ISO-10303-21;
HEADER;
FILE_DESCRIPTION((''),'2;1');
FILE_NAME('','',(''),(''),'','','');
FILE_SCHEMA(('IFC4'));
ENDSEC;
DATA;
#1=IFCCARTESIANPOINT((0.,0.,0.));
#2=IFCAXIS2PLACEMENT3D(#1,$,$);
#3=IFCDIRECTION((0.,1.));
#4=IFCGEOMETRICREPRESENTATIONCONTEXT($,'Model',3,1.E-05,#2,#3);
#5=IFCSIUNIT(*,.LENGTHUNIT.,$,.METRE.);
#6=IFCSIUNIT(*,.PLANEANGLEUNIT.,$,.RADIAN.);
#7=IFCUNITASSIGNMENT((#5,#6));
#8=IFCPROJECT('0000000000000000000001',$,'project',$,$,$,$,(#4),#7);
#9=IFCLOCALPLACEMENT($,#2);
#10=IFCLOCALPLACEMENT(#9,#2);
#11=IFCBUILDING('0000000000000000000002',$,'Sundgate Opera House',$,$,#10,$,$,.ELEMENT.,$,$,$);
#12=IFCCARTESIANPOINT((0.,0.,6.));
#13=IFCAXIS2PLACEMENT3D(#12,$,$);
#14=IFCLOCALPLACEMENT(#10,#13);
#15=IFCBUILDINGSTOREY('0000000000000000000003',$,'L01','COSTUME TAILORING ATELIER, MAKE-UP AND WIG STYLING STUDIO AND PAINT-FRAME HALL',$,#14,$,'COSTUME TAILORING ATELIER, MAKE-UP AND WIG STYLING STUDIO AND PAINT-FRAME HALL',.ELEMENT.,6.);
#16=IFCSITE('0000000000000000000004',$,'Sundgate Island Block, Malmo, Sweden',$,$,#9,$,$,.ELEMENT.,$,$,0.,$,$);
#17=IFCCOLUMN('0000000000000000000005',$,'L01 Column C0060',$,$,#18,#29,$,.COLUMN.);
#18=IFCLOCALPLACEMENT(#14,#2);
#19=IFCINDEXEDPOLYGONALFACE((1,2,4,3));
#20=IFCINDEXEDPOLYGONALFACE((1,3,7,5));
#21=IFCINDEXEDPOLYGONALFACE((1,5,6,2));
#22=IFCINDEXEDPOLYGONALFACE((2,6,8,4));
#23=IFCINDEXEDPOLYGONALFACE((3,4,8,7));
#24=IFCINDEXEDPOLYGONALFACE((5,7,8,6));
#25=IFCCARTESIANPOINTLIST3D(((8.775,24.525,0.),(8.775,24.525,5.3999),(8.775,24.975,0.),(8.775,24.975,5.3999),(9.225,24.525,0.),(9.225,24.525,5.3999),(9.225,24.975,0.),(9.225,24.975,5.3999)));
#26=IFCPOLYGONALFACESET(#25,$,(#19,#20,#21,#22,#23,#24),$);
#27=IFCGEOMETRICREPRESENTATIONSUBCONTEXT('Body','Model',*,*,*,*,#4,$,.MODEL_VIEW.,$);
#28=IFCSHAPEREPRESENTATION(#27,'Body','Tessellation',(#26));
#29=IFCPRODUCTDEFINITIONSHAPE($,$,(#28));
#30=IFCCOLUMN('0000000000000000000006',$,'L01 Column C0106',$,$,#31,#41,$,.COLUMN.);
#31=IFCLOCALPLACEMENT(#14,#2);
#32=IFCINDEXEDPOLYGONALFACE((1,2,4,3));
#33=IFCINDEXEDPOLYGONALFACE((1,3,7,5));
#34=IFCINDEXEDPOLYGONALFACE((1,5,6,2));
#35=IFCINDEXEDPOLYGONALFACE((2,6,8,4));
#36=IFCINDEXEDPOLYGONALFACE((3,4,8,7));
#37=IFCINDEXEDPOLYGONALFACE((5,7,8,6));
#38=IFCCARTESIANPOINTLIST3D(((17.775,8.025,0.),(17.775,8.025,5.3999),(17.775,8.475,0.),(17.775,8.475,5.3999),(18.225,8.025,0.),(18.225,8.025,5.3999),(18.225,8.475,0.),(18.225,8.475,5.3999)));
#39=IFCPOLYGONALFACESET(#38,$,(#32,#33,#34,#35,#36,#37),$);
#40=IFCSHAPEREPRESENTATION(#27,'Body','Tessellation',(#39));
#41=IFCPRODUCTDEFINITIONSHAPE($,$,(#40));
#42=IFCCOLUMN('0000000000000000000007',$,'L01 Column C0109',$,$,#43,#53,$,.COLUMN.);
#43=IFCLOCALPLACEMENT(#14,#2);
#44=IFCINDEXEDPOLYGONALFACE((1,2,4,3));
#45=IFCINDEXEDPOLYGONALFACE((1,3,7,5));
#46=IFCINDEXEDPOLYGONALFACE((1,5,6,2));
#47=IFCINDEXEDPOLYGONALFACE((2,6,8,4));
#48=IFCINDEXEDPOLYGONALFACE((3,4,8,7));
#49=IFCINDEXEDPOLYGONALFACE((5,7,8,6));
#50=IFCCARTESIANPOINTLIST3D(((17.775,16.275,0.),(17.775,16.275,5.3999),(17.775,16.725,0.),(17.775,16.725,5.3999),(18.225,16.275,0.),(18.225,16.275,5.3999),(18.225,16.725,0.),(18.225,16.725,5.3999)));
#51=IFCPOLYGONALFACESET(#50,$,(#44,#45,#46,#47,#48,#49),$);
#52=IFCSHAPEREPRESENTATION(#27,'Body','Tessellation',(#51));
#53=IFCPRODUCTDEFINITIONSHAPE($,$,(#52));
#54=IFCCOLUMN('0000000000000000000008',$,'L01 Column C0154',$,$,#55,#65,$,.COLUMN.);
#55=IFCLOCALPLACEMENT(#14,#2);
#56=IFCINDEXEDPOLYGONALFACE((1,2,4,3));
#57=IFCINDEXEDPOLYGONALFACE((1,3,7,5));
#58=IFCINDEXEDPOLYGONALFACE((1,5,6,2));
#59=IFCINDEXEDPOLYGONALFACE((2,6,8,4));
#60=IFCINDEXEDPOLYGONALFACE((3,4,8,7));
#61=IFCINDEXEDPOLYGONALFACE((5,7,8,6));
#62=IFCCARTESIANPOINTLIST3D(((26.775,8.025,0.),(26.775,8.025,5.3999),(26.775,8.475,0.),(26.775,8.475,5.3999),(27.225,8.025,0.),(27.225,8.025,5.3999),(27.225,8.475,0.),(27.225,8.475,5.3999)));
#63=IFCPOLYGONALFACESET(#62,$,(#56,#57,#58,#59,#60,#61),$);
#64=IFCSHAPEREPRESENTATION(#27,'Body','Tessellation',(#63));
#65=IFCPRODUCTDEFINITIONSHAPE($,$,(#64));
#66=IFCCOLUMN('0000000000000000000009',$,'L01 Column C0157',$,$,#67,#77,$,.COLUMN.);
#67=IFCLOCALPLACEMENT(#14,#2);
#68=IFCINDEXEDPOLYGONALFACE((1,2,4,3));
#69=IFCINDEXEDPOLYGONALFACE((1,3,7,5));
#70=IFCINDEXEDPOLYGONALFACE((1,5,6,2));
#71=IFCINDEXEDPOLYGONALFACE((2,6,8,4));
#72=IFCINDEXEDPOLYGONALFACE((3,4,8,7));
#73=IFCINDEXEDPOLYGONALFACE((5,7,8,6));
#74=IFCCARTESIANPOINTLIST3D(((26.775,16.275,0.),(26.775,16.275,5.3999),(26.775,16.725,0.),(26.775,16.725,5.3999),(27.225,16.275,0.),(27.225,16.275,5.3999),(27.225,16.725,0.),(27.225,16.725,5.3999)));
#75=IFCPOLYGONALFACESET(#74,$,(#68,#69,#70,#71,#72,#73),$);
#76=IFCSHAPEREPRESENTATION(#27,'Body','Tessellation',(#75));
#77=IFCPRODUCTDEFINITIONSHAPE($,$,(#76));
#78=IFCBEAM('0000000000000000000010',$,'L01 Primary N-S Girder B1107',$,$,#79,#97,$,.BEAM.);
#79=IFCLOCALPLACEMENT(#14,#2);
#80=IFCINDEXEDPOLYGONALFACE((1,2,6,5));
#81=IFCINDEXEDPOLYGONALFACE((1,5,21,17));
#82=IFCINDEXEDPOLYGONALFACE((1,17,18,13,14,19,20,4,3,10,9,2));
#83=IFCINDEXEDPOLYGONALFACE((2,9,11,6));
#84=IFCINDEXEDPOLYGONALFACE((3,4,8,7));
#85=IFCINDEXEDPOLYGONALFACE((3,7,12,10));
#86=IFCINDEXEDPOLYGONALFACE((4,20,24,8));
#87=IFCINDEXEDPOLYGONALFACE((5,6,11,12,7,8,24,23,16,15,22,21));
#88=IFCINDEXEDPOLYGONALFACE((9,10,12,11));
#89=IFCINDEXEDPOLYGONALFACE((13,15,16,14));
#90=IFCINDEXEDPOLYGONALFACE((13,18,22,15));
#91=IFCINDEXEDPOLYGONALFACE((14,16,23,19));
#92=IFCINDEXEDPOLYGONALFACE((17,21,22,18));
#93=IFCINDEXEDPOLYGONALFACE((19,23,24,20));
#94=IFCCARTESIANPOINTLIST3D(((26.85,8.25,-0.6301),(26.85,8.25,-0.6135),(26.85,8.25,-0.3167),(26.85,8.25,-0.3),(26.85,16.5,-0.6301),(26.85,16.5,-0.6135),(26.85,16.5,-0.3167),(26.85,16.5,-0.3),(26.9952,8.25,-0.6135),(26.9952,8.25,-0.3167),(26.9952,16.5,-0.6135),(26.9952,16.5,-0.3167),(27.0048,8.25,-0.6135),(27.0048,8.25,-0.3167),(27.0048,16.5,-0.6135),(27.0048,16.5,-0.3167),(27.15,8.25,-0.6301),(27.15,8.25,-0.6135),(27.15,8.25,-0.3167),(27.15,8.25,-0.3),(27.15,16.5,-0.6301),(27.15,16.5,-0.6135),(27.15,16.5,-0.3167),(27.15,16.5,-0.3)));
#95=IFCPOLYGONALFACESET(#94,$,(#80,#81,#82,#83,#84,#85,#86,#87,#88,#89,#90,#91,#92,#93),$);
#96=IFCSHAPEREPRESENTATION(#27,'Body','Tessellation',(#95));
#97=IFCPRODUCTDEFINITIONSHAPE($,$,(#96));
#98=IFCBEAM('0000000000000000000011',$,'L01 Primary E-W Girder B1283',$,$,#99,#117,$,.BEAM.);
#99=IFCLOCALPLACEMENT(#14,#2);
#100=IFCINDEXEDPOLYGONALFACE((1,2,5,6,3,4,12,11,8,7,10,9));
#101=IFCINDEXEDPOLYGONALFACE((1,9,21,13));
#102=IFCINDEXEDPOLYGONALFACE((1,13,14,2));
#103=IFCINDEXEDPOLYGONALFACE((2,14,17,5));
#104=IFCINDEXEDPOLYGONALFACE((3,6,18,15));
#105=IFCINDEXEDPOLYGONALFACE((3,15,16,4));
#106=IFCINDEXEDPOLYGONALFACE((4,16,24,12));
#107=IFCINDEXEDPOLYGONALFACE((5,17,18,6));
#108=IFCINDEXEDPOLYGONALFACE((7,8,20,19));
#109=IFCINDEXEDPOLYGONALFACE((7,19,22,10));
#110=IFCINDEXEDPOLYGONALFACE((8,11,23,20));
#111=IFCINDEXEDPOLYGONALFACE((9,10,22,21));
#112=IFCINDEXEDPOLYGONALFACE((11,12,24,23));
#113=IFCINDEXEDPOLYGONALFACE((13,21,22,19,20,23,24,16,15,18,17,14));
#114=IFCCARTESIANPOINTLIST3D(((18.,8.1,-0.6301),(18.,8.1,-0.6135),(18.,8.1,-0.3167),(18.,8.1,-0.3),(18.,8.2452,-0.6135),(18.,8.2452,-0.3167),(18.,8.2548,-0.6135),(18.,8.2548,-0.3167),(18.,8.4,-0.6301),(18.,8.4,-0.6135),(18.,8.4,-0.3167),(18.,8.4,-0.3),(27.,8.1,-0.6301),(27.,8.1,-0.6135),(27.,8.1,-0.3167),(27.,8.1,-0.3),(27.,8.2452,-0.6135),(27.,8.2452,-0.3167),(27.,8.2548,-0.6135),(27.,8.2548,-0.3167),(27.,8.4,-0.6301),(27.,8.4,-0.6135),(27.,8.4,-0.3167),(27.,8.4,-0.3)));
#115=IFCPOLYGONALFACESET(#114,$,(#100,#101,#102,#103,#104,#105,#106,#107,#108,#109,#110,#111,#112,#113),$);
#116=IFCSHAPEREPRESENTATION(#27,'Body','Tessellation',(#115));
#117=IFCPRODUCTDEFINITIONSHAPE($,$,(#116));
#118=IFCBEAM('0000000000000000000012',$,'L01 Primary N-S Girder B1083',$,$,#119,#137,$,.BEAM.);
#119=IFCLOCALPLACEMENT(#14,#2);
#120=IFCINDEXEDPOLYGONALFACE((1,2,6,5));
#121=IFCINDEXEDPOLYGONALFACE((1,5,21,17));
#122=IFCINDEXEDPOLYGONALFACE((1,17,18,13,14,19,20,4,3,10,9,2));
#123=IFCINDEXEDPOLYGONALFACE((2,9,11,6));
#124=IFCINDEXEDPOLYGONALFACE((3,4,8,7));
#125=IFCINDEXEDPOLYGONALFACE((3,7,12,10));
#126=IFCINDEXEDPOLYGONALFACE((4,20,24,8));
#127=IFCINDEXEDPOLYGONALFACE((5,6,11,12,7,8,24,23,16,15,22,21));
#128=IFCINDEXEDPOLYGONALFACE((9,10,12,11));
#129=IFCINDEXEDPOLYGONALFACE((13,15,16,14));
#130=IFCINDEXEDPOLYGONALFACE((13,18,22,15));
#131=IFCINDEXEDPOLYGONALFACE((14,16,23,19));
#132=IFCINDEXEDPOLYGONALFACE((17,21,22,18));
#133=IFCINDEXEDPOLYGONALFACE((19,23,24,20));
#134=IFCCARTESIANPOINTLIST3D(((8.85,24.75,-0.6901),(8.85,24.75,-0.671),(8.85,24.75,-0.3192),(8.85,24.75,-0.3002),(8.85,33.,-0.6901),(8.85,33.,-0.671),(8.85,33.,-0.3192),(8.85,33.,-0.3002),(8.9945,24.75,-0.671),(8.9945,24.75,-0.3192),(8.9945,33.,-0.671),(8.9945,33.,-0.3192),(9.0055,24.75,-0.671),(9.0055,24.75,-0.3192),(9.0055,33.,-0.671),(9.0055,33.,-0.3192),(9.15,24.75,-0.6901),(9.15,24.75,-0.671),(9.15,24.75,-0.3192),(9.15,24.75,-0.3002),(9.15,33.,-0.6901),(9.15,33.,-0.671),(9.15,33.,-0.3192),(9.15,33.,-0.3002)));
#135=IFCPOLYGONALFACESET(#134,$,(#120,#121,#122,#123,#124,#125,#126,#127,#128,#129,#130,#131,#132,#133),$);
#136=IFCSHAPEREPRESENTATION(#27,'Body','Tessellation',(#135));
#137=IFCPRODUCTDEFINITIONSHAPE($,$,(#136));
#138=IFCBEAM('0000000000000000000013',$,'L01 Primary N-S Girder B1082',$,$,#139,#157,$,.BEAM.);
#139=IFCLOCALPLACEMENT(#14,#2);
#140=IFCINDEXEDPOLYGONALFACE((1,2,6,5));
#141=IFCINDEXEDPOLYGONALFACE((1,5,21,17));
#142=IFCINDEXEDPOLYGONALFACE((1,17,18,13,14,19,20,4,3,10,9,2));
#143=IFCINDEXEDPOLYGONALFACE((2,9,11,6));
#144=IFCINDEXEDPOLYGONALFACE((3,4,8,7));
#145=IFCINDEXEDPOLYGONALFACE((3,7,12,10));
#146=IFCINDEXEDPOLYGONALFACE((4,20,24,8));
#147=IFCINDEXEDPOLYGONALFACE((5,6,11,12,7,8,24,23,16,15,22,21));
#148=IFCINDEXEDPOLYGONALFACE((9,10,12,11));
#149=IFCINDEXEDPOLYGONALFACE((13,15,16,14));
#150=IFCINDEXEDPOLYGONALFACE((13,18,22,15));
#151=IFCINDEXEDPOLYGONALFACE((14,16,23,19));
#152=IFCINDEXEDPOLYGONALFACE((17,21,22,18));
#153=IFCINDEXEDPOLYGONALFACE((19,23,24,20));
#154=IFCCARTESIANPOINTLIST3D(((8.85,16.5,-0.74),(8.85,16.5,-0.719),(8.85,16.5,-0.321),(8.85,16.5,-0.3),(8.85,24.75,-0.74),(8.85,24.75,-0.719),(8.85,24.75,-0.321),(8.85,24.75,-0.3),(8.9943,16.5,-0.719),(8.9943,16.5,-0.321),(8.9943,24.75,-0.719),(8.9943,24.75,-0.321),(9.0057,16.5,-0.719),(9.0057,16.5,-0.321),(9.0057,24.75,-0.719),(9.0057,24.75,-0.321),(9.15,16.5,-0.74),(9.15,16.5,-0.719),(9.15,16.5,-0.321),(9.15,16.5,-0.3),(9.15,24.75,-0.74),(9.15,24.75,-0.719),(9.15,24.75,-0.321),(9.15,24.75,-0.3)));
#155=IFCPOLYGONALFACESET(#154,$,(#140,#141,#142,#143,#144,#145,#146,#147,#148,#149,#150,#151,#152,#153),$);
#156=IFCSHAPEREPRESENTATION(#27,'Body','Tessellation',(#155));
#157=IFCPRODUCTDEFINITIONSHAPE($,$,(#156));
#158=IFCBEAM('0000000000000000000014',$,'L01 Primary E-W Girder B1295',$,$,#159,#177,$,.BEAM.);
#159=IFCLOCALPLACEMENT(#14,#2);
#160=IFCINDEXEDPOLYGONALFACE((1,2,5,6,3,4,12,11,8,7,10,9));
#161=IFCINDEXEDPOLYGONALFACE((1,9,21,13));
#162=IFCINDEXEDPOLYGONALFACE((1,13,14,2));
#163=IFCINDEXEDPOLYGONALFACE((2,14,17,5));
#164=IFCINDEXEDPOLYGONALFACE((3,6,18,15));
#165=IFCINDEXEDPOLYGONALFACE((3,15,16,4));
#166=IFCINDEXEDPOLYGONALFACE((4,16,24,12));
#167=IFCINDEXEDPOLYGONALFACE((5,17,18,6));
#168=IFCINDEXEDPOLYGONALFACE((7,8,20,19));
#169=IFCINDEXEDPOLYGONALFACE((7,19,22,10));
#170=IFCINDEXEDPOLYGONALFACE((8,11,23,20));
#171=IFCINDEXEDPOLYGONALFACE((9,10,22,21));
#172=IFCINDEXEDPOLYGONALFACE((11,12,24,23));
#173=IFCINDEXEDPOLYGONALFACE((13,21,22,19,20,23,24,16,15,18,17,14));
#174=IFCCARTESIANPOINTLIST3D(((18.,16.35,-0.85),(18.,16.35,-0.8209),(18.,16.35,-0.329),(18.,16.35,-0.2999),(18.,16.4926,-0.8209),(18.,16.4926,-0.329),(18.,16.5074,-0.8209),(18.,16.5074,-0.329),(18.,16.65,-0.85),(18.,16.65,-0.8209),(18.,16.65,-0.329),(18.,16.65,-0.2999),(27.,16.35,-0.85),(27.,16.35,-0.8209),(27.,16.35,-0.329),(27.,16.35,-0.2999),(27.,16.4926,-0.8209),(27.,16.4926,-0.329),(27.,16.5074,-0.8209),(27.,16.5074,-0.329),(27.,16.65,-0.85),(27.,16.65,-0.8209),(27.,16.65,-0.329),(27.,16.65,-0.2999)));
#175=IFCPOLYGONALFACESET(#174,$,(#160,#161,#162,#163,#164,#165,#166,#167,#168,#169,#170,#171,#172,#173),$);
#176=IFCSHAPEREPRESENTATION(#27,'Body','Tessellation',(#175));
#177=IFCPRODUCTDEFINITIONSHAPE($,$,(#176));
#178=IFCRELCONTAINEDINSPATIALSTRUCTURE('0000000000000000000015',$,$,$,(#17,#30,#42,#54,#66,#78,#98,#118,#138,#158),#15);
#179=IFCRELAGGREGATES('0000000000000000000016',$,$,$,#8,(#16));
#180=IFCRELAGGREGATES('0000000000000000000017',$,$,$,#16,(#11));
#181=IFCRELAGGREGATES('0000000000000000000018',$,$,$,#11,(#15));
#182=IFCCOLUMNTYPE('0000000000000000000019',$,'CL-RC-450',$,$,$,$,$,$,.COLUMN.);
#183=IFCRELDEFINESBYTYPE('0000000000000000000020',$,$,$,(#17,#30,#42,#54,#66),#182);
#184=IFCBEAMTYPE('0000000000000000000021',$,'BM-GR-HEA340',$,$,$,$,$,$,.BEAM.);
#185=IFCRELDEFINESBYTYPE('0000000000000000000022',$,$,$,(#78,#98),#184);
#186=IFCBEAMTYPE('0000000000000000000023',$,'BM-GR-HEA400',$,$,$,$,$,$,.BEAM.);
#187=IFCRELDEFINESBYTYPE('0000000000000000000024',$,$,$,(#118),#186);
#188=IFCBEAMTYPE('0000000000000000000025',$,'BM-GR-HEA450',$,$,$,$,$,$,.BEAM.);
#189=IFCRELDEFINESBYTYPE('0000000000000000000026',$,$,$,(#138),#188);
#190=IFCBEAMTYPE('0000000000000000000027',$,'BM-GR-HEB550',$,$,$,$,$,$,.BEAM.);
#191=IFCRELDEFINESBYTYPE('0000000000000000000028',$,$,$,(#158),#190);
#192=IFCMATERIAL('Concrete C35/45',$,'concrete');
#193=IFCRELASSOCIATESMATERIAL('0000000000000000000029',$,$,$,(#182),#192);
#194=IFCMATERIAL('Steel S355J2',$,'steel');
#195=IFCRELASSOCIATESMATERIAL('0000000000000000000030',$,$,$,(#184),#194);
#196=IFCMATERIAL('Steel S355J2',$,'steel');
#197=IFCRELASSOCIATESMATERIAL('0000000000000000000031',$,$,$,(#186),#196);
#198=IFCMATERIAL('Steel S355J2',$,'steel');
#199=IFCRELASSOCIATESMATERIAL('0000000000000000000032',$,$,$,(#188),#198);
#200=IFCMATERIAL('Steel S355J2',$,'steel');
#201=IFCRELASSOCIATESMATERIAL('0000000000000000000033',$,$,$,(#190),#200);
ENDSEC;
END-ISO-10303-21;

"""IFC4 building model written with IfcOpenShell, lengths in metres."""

from ifc_helpers import new_model, si_unit, direction, frame, origin, origin_2d, place, context, subcontext, project, spatial, rectangle, i_section, extrude, material, material_profile, profile_set, type_object, element, save


model = new_model("IFC4")

# Units and contexts
model_context = context("Model", 3, precision=1e-05, world=origin(), true_north=direction((0.0, 1.0)))
body_context = subcontext(model_context, "Body", "Model", "MODEL_VIEW")
ifc_project = project(units=[si_unit("LENGTHUNIT", "METRE"), si_unit("PLANEANGLEUNIT", "RADIAN")], contexts=[model_context])

# Site, building, storey
site_placement = place(None, origin())
site = spatial("IfcSite", under=ifc_project, at=site_placement, Name="Sundgate Island Block, Malmo, Sweden", CompositionType="ELEMENT", RefElevation=0.0)
building_placement = place(site_placement, origin())
building = spatial("IfcBuilding", under=site, at=building_placement, Name="Sundgate Opera House", CompositionType="ELEMENT")
storey_placement = place(building_placement, frame((0.0, 0.0, 6.0)))
storey = spatial("IfcBuildingStorey", under=building, at=storey_placement, Name="L01", Description="COSTUME TAILORING ATELIER, MAKE-UP AND WIG STYLING STUDIO AND PAINT-FRAME HALL", LongName="COSTUME TAILORING ATELIER, MAKE-UP AND WIG STYLING STUDIO AND PAINT-FRAME HALL", CompositionType="ELEMENT", Elevation=6.0)

# Columns
ifc_material_1 = material(Name="Concrete C35/45", Category="concrete")
ifc_material_profile_1 = material_profile(ifc_material_1, rectangle(XDim=0.45, YDim=0.45, at=origin_2d()), Name="RC 450x450")
ifc_profile_set_1 = profile_set([ifc_material_profile_1], Name="Concrete C35/45")
column_type = type_object("IfcColumnType", Name="CL-RC-450", PredefinedType="COLUMN", material=ifc_profile_set_1)
for number, where, z_axis, x_axis, name in (
    (1, (9.0, 24.75, 0.0), (0.0, 0.0, 1.0), (1.0, 0.0, 0.0), "L01 Column C0060"),
    (2, (18.0, 8.25, 0.0), (0.0, 0.0, 1.0), (1.0, 0.0, 0.0), "L01 Column C0106"),
    (3, (18.0, 16.5, 0.0), (0.0, 0.0, 1.0), (1.0, 0.0, 0.0), "L01 Column C0109"),
    (4, (27.0, 8.25, 0.0), (0.0, 0.0, 1.0), (1.0, 0.0, 0.0), "L01 Column C0154"),
    (5, (27.0, 16.5, 0.0), (0.0, 0.0, 1.0), (1.0, 0.0, 0.0), "L01 Column C0157"),
):
    element("IfcColumn", number, at=place(storey_placement, frame(where, z_axis=z_axis, x_axis=x_axis)), inside=storey, type_object=column_type, Name=name, PredefinedType="COLUMN", context=body_context, shape_type="SweptSolid", body=[
        extrude(rectangle(XDim=0.45, YDim=0.45, at=origin_2d()), origin(), (0.0, 0.0, 1.0), 5.3999),
    ])

# Beams
ifc_material_2 = material(Name="Steel S355J2", Category="steel")
ifc_material_profile_2 = material_profile(ifc_material_2, i_section(OverallWidth=0.3, OverallDepth=0.3301, WebThickness=0.0095, FlangeThickness=0.0166, at=origin_2d()), Name="HEA 340")
ifc_profile_set_2 = profile_set([ifc_material_profile_2], Name="Steel S355J2")
beam_type_1 = type_object("IfcBeamType", Name="BM-GR-HEA340", PredefinedType="BEAM", material=ifc_profile_set_2)
beam_1_placement = place(storey_placement, frame((27.0, 8.25, -0.4651), z_axis=(0.0, 1.0, 0.0), x_axis=(-1.0, 0.0, 0.0)))
element("IfcBeam", 6, at=beam_1_placement, inside=storey, type_object=beam_type_1, Name="L01 Primary N-S Girder B1107", PredefinedType="BEAM", context=body_context, shape_type="SweptSolid", body=[
    extrude(i_section(OverallWidth=0.3, OverallDepth=0.3301, WebThickness=0.0095, FlangeThickness=0.0166, at=origin_2d()), origin(), (0.0, 0.0, 1.0), 8.25),
])
beam_2_placement = place(storey_placement, frame((18.0, 8.25, -0.4651), z_axis=(1.0, 0.0, 0.0), x_axis=(0.0, 1.0, 0.0)))
element("IfcBeam", 7, at=beam_2_placement, inside=storey, type_object=beam_type_1, Name="L01 Primary E-W Girder B1283", PredefinedType="BEAM", context=body_context, shape_type="SweptSolid", body=[
    extrude(i_section(OverallWidth=0.3, OverallDepth=0.3301, WebThickness=0.0095, FlangeThickness=0.0166, at=origin_2d()), origin(), (0.0, 0.0, 1.0), 9.0),
])
ifc_material_3 = material(Name="Steel S355J2", Category="steel")
ifc_material_profile_3 = material_profile(ifc_material_3, i_section(OverallWidth=0.3, OverallDepth=0.3899, WebThickness=0.011, FlangeThickness=0.019, at=origin_2d()), Name="HEA 400")
ifc_profile_set_3 = profile_set([ifc_material_profile_3], Name="Steel S355J2")
beam_type_2 = type_object("IfcBeamType", Name="BM-GR-HEA400", PredefinedType="BEAM", material=ifc_profile_set_3)
beam_3_placement = place(storey_placement, frame((9.0, 24.75, -0.4951), z_axis=(0.0, 1.0, 0.0), x_axis=(-1.0, 0.0, 0.0)))
element("IfcBeam", 8, at=beam_3_placement, inside=storey, type_object=beam_type_2, Name="L01 Primary N-S Girder B1083", PredefinedType="BEAM", context=body_context, shape_type="SweptSolid", body=[
    extrude(i_section(OverallWidth=0.3, OverallDepth=0.3899, WebThickness=0.011, FlangeThickness=0.019, at=origin_2d()), origin(), (0.0, 0.0, 1.0), 8.25),
])
ifc_material_4 = material(Name="Steel S355J2", Category="steel")
ifc_material_profile_4 = material_profile(ifc_material_4, i_section(OverallWidth=0.3, OverallDepth=0.4399, WebThickness=0.0115, FlangeThickness=0.021, at=origin_2d()), Name="HEA 450")
ifc_profile_set_4 = profile_set([ifc_material_profile_4], Name="Steel S355J2")
beam_type_3 = type_object("IfcBeamType", Name="BM-GR-HEA450", PredefinedType="BEAM", material=ifc_profile_set_4)
beam_4_placement = place(storey_placement, frame((9.0, 16.5, -0.52), z_axis=(0.0, 1.0, 0.0), x_axis=(-1.0, 0.0, 0.0)))
element("IfcBeam", 9, at=beam_4_placement, inside=storey, type_object=beam_type_3, Name="L01 Primary N-S Girder B1082", PredefinedType="BEAM", context=body_context, shape_type="SweptSolid", body=[
    extrude(i_section(OverallWidth=0.3, OverallDepth=0.4399, WebThickness=0.0115, FlangeThickness=0.021, at=origin_2d()), origin(), (0.0, 0.0, 1.0), 8.25),
])
ifc_material_5 = material(Name="Steel S355J2", Category="steel")
ifc_material_profile_5 = material_profile(ifc_material_5, i_section(OverallWidth=0.3, OverallDepth=0.55, WebThickness=0.0149, FlangeThickness=0.0291, at=origin_2d()), Name="HEB 550")
ifc_profile_set_5 = profile_set([ifc_material_profile_5], Name="Steel S355J2")
beam_type_4 = type_object("IfcBeamType", Name="BM-GR-HEB550", PredefinedType="BEAM", material=ifc_profile_set_5)
beam_5_placement = place(storey_placement, frame((18.0, 16.5, -0.575), z_axis=(1.0, 0.0, 0.0), x_axis=(0.0, 1.0, 0.0)))
element("IfcBeam", 10, at=beam_5_placement, inside=storey, type_object=beam_type_4, Name="L01 Primary E-W Girder B1295", PredefinedType="BEAM", context=body_context, shape_type="SweptSolid", body=[
    extrude(i_section(OverallWidth=0.3, OverallDepth=0.55, WebThickness=0.0149, FlangeThickness=0.0291, at=origin_2d()), origin(), (0.0, 0.0, 1.0), 9.0),
])

save(model, "model.ifc")
